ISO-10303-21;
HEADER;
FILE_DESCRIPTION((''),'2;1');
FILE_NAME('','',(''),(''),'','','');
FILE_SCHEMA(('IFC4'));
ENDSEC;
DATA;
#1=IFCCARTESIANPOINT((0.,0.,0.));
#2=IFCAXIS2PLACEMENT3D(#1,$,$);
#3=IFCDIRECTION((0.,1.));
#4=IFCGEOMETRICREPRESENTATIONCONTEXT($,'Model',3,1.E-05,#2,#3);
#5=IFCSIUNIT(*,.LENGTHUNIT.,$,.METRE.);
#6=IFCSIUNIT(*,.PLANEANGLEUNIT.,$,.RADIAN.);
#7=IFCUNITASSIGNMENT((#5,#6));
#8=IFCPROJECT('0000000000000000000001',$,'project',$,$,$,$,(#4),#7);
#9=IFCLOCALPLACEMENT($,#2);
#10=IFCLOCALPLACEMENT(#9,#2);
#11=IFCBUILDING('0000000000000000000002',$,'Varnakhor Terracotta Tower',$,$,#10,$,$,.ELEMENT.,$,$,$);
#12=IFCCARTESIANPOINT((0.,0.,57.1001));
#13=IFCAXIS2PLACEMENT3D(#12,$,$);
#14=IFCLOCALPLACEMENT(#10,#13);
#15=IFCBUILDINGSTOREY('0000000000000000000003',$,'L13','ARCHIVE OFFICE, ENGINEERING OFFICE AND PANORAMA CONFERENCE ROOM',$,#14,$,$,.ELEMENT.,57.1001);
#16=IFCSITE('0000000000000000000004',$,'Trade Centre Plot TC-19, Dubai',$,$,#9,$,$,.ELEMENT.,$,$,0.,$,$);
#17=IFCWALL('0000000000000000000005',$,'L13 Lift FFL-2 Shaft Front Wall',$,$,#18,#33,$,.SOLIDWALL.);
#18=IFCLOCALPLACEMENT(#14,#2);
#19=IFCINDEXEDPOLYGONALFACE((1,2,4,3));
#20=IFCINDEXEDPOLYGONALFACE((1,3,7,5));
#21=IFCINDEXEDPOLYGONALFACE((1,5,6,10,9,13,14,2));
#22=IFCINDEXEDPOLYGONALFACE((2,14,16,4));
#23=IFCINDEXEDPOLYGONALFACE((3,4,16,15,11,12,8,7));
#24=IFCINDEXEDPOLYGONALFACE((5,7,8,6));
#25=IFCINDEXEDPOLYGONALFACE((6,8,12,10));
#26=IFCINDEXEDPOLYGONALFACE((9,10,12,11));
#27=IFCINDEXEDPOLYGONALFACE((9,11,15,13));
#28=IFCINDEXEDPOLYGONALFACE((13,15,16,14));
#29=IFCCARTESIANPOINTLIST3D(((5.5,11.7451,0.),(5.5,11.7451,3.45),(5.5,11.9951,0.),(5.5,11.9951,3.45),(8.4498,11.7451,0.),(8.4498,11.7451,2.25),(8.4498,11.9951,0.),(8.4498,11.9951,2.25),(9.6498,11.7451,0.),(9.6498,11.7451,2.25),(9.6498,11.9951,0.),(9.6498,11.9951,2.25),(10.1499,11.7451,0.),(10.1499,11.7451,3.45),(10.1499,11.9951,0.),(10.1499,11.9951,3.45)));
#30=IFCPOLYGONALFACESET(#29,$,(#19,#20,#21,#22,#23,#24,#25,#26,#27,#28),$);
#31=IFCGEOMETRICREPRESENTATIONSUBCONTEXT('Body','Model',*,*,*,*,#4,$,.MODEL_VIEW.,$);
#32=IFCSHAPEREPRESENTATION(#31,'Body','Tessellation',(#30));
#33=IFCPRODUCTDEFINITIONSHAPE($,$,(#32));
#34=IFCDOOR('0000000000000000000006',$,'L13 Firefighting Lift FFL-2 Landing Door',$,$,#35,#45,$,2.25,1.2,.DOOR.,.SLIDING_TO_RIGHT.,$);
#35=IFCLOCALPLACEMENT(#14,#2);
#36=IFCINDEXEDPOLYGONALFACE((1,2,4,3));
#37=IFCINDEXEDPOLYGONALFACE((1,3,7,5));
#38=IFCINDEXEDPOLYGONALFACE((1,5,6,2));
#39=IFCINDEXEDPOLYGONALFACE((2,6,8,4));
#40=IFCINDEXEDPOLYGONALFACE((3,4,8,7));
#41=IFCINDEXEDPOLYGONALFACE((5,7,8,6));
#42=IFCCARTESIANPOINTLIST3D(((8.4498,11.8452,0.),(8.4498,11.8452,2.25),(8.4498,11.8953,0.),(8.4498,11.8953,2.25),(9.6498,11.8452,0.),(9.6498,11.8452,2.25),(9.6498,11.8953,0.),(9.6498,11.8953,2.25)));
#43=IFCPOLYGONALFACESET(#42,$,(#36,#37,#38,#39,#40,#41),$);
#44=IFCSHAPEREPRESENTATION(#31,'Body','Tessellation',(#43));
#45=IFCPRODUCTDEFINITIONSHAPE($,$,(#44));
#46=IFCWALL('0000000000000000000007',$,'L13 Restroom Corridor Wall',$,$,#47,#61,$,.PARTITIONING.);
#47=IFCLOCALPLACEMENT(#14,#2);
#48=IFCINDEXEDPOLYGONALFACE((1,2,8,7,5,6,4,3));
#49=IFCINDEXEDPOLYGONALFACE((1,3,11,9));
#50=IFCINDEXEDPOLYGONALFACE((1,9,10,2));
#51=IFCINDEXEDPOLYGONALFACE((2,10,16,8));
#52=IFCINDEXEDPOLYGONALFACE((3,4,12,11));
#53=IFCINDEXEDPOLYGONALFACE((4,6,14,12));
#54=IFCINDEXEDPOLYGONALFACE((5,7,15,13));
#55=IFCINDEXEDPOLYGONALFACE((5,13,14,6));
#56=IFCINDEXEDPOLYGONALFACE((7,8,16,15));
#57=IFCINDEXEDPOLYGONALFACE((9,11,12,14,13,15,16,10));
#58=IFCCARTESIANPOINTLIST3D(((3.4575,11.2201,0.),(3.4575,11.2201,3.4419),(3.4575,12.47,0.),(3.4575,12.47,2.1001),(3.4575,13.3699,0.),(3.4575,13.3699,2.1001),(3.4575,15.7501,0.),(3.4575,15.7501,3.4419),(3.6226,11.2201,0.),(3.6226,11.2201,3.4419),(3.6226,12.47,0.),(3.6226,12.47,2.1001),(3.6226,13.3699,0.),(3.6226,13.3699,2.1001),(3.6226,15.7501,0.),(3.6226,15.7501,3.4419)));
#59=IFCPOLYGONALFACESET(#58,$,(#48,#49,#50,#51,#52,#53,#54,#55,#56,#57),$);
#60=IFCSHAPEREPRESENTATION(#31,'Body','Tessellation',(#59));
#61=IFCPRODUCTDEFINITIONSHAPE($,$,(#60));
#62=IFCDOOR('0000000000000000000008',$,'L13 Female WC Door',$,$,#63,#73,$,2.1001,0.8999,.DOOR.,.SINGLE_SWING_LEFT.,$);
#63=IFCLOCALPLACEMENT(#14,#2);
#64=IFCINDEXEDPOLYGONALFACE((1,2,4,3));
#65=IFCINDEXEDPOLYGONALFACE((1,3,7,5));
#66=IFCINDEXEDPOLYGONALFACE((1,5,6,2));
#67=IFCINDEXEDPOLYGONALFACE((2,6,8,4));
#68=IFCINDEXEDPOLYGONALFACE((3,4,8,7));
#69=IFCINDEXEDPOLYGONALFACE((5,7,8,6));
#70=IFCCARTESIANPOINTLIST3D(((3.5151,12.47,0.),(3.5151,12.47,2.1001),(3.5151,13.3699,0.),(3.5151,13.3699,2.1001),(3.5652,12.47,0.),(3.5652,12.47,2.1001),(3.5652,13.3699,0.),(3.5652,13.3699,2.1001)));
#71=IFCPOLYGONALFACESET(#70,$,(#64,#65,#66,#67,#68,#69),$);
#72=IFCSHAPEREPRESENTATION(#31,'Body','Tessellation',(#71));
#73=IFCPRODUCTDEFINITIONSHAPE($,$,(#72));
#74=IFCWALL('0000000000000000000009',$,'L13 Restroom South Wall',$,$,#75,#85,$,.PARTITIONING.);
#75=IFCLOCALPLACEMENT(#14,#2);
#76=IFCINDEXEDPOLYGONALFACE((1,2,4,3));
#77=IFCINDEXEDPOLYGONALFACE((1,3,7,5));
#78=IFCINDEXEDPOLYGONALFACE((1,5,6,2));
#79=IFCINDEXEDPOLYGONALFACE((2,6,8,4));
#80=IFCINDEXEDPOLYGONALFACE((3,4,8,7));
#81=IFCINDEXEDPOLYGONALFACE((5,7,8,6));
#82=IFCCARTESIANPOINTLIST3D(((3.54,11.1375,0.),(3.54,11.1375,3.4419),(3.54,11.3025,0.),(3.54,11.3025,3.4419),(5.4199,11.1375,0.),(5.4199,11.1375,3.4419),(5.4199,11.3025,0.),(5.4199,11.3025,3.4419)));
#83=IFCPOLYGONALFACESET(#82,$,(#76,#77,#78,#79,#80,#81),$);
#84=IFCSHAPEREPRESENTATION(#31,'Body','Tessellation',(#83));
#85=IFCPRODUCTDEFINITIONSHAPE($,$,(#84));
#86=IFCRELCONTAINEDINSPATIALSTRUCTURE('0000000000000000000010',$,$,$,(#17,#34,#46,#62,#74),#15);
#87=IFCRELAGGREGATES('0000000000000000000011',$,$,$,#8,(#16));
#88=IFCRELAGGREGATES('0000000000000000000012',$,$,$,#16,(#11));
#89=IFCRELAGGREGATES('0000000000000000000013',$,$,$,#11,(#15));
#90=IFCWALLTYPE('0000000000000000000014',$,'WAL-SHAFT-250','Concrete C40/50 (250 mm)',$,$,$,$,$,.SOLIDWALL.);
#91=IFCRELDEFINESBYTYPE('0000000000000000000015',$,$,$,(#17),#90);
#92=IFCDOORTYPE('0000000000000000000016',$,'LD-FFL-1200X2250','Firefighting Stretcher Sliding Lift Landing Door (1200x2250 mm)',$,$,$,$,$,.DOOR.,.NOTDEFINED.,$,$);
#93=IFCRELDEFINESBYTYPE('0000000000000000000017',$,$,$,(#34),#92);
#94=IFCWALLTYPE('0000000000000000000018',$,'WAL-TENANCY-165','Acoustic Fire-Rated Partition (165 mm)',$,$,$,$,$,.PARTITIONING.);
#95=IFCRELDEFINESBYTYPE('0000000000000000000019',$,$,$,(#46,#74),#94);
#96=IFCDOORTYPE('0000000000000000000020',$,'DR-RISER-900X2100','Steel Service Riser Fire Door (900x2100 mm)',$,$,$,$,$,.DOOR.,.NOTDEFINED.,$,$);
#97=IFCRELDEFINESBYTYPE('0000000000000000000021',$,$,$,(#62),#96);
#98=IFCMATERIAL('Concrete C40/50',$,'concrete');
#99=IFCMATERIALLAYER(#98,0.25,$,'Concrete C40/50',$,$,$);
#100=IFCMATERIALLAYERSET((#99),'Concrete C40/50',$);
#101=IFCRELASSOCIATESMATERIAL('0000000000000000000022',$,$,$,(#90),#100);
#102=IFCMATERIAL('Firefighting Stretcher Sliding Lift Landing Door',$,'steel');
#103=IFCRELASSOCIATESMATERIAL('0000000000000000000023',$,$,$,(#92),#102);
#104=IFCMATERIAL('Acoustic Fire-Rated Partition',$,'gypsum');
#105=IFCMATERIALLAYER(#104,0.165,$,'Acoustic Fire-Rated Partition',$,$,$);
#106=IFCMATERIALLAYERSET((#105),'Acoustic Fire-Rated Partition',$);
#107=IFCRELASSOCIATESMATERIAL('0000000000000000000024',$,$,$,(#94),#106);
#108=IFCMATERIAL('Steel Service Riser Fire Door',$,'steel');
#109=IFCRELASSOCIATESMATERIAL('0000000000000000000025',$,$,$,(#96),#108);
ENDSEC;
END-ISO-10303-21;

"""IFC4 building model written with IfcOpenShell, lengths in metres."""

from ifc_helpers import new_model, si_unit, direction, frame, frame_2d, origin, place, context, subcontext, project, spatial, rectangle, extrude, source, transform, mapped, material, layer, layer_set, type_object, type_shapes, element, fill, save


model = new_model("IFC4")

# Units and contexts
model_context = context("Model", 3, precision=1e-05, world=origin(), true_north=direction((0.0, 1.0)))
body_context = subcontext(model_context, "Body", "Model", "MODEL_VIEW")
ifc_project = project(units=[si_unit("LENGTHUNIT", "METRE"), si_unit("PLANEANGLEUNIT", "RADIAN")], contexts=[model_context])

# Site, building, storey
site_placement = place(None, origin())
site = spatial("IfcSite", under=ifc_project, at=site_placement, Name="Trade Centre Plot TC-19, Dubai", CompositionType="ELEMENT", RefElevation=0.0)
building_placement = place(site_placement, origin())
building = spatial("IfcBuilding", under=site, at=building_placement, Name="Varnakhor Terracotta Tower", CompositionType="ELEMENT")
storey_placement = place(building_placement, frame((0.0, 0.0, 57.1001)))
storey = spatial("IfcBuildingStorey", under=building, at=storey_placement, Name="L13", Description="ARCHIVE OFFICE, ENGINEERING OFFICE AND PANORAMA CONFERENCE ROOM", CompositionType="ELEMENT", Elevation=57.1001)

# Shared definitions
ifc_material_1 = material(Name="Concrete C40/50", Category="concrete")

# Walls, openings, doors
ifc_layer_1 = layer(ifc_material_1, 0.25, Name="Concrete C40/50")
ifc_layer_set_1 = layer_set([ifc_layer_1], Name="Concrete C40/50")
wall_type_1 = type_object("IfcWallType", Name="WAL-SHAFT-250", Description="Concrete C40/50 (250 mm)", PredefinedType="SOLIDWALL", material=ifc_layer_set_1)
wall_1_placement = place(storey_placement, frame((10.1499, 11.8701, 0.0), z_axis=(0.0, 0.0, 1.0), x_axis=(-1.0, 0.0, 0.0)))
wall_1 = element("IfcWall", 1, at=wall_1_placement, inside=storey, type_object=wall_type_1, Name="L13 Lift FFL-2 Shaft Front Wall", PredefinedType="SOLIDWALL", context=body_context, shape_type="SweptSolid", body=[
    extrude(rectangle(XDim=4.6499, YDim=0.25, at=frame_2d((2.325, 0.0))), origin(), (0.0, 0.0, 1.0), 3.45),
])
opening_1_placement = place(wall_1_placement, frame((0.5, 0.0, 0.0)))
opening_1 = element("IfcOpeningElement", 2, at=opening_1_placement, cuts=wall_1, PredefinedType="OPENING", context=body_context, shape_type="SweptSolid", body=[
    extrude(rectangle(XDim=1.2, YDim=2.25, at=frame_2d((0.6001, 1.125))), frame((0.0, 0.135, 0.0), z_axis=(0.0, -1.0, 0.0), x_axis=(1.0, 0.0, 0.0)), (0.0, 0.0, 1.0), 0.27),
])
ifc_material_2 = material(Name="Firefighting Stretcher Sliding Lift Landing Door", Category="steel")
door_type_1 = type_object("IfcDoorType", Name="LD-FFL-1200X2250", Description="Firefighting Stretcher Sliding Lift Landing Door (1200x2250 mm)", OperationType="NOTDEFINED", PredefinedType="DOOR", material=ifc_material_2)
shared_shape_1 = source(origin(), body_context, "Body", "SweptSolid", [
    extrude(rectangle(XDim=1.2, YDim=2.25, at=frame_2d((0.6001, 1.125))), frame((0.0, 0.0249, 0.0), z_axis=(0.0, -1.0, 0.0), x_axis=(1.0, 0.0, 0.0)), (0.0, 0.0, 1.0), 0.05),
])
type_shapes(door_type_1, [shared_shape_1])
door_1_placement = place(opening_1_placement, origin())
door_1 = element("IfcDoor", 3, at=door_1_placement, inside=storey, type_object=door_type_1, Name="L13 Firefighting Lift FFL-2 Landing Door", OperationType="SLIDING_TO_RIGHT", OverallHeight=2.25, OverallWidth=1.2, PredefinedType="DOOR", context=body_context, shape_type="MappedRepresentation", body=[
    mapped(shared_shape_1, transform((0.0, 0.0, 0.0), scale=1.0)),
])
fill(opening_1, door_1)
ifc_material_3 = material(Name="Acoustic Fire-Rated Partition", Category="gypsum")
ifc_layer_2 = layer(ifc_material_3, 0.165, Name="Acoustic Fire-Rated Partition")
ifc_layer_set_2 = layer_set([ifc_layer_2], Name="Acoustic Fire-Rated Partition")
wall_type_2 = type_object("IfcWallType", Name="WAL-TENANCY-165", Description="Acoustic Fire-Rated Partition (165 mm)", PredefinedType="PARTITIONING", material=ifc_layer_set_2)
wall_2_placement = place(storey_placement, frame((3.54, 11.22, 0.0), z_axis=(0.0, 0.0, 1.0), x_axis=(0.0, 1.0, 0.0)))
wall_2 = element("IfcWall", 4, at=wall_2_placement, inside=storey, type_object=wall_type_2, Name="L13 Restroom Corridor Wall", PredefinedType="PARTITIONING", context=body_context, shape_type="SweptSolid", body=[
    extrude(rectangle(XDim=4.53, YDim=0.165, at=frame_2d((2.2651, 0.0))), origin(), (0.0, 0.0, 1.0), 3.4419),
])
opening_2_placement = place(wall_2_placement, frame((1.25, 0.0, 0.0)))
opening_2 = element("IfcOpeningElement", 5, at=opening_2_placement, cuts=wall_2, PredefinedType="OPENING", context=body_context, shape_type="SweptSolid", body=[
    extrude(rectangle(XDim=0.8999, YDim=2.1001, at=frame_2d((0.45, 1.05))), frame((0.0, 0.0925, 0.0), z_axis=(0.0, -1.0, 0.0), x_axis=(1.0, 0.0, 0.0)), (0.0, 0.0, 1.0), 0.1851),
])
ifc_material_4 = material(Name="Steel Service Riser Fire Door", Category="steel")
door_type_2 = type_object("IfcDoorType", Name="DR-RISER-900X2100", Description="Steel Service Riser Fire Door (900x2100 mm)", OperationType="NOTDEFINED", PredefinedType="DOOR", material=ifc_material_4)
shared_shape_2 = source(origin(), body_context, "Body", "SweptSolid", [
    extrude(rectangle(XDim=0.8999, YDim=2.1001, at=frame_2d((0.45, 1.05))), frame((0.0, 0.0249, 0.0), z_axis=(0.0, -1.0, 0.0), x_axis=(1.0, 0.0, 0.0)), (0.0, 0.0, 1.0), 0.05),
])
type_shapes(door_type_2, [shared_shape_2])
door_2_placement = place(opening_2_placement, origin())
door_2 = element("IfcDoor", 6, at=door_2_placement, inside=storey, type_object=door_type_2, Name="L13 Female WC Door", OperationType="SINGLE_SWING_LEFT", OverallHeight=2.1001, OverallWidth=0.8999, PredefinedType="DOOR", context=body_context, shape_type="MappedRepresentation", body=[
    mapped(shared_shape_2, transform((0.0, 0.0, 0.0), scale=1.0)),
])
fill(opening_2, door_2)

# Wall
wall_3_placement = place(storey_placement, frame((3.54, 11.22, 0.0), z_axis=(0.0, 0.0, 1.0), x_axis=(1.0, 0.0, 0.0)))
element("IfcWall", 7, at=wall_3_placement, inside=storey, type_object=wall_type_2, Name="L13 Restroom South Wall", PredefinedType="PARTITIONING", context=body_context, shape_type="SweptSolid", body=[
    extrude(rectangle(XDim=1.8799, YDim=0.165, at=frame_2d((0.9399, 0.0))), origin(), (0.0, 0.0, 1.0), 3.4419),
])

save(model, "model.ifc")
